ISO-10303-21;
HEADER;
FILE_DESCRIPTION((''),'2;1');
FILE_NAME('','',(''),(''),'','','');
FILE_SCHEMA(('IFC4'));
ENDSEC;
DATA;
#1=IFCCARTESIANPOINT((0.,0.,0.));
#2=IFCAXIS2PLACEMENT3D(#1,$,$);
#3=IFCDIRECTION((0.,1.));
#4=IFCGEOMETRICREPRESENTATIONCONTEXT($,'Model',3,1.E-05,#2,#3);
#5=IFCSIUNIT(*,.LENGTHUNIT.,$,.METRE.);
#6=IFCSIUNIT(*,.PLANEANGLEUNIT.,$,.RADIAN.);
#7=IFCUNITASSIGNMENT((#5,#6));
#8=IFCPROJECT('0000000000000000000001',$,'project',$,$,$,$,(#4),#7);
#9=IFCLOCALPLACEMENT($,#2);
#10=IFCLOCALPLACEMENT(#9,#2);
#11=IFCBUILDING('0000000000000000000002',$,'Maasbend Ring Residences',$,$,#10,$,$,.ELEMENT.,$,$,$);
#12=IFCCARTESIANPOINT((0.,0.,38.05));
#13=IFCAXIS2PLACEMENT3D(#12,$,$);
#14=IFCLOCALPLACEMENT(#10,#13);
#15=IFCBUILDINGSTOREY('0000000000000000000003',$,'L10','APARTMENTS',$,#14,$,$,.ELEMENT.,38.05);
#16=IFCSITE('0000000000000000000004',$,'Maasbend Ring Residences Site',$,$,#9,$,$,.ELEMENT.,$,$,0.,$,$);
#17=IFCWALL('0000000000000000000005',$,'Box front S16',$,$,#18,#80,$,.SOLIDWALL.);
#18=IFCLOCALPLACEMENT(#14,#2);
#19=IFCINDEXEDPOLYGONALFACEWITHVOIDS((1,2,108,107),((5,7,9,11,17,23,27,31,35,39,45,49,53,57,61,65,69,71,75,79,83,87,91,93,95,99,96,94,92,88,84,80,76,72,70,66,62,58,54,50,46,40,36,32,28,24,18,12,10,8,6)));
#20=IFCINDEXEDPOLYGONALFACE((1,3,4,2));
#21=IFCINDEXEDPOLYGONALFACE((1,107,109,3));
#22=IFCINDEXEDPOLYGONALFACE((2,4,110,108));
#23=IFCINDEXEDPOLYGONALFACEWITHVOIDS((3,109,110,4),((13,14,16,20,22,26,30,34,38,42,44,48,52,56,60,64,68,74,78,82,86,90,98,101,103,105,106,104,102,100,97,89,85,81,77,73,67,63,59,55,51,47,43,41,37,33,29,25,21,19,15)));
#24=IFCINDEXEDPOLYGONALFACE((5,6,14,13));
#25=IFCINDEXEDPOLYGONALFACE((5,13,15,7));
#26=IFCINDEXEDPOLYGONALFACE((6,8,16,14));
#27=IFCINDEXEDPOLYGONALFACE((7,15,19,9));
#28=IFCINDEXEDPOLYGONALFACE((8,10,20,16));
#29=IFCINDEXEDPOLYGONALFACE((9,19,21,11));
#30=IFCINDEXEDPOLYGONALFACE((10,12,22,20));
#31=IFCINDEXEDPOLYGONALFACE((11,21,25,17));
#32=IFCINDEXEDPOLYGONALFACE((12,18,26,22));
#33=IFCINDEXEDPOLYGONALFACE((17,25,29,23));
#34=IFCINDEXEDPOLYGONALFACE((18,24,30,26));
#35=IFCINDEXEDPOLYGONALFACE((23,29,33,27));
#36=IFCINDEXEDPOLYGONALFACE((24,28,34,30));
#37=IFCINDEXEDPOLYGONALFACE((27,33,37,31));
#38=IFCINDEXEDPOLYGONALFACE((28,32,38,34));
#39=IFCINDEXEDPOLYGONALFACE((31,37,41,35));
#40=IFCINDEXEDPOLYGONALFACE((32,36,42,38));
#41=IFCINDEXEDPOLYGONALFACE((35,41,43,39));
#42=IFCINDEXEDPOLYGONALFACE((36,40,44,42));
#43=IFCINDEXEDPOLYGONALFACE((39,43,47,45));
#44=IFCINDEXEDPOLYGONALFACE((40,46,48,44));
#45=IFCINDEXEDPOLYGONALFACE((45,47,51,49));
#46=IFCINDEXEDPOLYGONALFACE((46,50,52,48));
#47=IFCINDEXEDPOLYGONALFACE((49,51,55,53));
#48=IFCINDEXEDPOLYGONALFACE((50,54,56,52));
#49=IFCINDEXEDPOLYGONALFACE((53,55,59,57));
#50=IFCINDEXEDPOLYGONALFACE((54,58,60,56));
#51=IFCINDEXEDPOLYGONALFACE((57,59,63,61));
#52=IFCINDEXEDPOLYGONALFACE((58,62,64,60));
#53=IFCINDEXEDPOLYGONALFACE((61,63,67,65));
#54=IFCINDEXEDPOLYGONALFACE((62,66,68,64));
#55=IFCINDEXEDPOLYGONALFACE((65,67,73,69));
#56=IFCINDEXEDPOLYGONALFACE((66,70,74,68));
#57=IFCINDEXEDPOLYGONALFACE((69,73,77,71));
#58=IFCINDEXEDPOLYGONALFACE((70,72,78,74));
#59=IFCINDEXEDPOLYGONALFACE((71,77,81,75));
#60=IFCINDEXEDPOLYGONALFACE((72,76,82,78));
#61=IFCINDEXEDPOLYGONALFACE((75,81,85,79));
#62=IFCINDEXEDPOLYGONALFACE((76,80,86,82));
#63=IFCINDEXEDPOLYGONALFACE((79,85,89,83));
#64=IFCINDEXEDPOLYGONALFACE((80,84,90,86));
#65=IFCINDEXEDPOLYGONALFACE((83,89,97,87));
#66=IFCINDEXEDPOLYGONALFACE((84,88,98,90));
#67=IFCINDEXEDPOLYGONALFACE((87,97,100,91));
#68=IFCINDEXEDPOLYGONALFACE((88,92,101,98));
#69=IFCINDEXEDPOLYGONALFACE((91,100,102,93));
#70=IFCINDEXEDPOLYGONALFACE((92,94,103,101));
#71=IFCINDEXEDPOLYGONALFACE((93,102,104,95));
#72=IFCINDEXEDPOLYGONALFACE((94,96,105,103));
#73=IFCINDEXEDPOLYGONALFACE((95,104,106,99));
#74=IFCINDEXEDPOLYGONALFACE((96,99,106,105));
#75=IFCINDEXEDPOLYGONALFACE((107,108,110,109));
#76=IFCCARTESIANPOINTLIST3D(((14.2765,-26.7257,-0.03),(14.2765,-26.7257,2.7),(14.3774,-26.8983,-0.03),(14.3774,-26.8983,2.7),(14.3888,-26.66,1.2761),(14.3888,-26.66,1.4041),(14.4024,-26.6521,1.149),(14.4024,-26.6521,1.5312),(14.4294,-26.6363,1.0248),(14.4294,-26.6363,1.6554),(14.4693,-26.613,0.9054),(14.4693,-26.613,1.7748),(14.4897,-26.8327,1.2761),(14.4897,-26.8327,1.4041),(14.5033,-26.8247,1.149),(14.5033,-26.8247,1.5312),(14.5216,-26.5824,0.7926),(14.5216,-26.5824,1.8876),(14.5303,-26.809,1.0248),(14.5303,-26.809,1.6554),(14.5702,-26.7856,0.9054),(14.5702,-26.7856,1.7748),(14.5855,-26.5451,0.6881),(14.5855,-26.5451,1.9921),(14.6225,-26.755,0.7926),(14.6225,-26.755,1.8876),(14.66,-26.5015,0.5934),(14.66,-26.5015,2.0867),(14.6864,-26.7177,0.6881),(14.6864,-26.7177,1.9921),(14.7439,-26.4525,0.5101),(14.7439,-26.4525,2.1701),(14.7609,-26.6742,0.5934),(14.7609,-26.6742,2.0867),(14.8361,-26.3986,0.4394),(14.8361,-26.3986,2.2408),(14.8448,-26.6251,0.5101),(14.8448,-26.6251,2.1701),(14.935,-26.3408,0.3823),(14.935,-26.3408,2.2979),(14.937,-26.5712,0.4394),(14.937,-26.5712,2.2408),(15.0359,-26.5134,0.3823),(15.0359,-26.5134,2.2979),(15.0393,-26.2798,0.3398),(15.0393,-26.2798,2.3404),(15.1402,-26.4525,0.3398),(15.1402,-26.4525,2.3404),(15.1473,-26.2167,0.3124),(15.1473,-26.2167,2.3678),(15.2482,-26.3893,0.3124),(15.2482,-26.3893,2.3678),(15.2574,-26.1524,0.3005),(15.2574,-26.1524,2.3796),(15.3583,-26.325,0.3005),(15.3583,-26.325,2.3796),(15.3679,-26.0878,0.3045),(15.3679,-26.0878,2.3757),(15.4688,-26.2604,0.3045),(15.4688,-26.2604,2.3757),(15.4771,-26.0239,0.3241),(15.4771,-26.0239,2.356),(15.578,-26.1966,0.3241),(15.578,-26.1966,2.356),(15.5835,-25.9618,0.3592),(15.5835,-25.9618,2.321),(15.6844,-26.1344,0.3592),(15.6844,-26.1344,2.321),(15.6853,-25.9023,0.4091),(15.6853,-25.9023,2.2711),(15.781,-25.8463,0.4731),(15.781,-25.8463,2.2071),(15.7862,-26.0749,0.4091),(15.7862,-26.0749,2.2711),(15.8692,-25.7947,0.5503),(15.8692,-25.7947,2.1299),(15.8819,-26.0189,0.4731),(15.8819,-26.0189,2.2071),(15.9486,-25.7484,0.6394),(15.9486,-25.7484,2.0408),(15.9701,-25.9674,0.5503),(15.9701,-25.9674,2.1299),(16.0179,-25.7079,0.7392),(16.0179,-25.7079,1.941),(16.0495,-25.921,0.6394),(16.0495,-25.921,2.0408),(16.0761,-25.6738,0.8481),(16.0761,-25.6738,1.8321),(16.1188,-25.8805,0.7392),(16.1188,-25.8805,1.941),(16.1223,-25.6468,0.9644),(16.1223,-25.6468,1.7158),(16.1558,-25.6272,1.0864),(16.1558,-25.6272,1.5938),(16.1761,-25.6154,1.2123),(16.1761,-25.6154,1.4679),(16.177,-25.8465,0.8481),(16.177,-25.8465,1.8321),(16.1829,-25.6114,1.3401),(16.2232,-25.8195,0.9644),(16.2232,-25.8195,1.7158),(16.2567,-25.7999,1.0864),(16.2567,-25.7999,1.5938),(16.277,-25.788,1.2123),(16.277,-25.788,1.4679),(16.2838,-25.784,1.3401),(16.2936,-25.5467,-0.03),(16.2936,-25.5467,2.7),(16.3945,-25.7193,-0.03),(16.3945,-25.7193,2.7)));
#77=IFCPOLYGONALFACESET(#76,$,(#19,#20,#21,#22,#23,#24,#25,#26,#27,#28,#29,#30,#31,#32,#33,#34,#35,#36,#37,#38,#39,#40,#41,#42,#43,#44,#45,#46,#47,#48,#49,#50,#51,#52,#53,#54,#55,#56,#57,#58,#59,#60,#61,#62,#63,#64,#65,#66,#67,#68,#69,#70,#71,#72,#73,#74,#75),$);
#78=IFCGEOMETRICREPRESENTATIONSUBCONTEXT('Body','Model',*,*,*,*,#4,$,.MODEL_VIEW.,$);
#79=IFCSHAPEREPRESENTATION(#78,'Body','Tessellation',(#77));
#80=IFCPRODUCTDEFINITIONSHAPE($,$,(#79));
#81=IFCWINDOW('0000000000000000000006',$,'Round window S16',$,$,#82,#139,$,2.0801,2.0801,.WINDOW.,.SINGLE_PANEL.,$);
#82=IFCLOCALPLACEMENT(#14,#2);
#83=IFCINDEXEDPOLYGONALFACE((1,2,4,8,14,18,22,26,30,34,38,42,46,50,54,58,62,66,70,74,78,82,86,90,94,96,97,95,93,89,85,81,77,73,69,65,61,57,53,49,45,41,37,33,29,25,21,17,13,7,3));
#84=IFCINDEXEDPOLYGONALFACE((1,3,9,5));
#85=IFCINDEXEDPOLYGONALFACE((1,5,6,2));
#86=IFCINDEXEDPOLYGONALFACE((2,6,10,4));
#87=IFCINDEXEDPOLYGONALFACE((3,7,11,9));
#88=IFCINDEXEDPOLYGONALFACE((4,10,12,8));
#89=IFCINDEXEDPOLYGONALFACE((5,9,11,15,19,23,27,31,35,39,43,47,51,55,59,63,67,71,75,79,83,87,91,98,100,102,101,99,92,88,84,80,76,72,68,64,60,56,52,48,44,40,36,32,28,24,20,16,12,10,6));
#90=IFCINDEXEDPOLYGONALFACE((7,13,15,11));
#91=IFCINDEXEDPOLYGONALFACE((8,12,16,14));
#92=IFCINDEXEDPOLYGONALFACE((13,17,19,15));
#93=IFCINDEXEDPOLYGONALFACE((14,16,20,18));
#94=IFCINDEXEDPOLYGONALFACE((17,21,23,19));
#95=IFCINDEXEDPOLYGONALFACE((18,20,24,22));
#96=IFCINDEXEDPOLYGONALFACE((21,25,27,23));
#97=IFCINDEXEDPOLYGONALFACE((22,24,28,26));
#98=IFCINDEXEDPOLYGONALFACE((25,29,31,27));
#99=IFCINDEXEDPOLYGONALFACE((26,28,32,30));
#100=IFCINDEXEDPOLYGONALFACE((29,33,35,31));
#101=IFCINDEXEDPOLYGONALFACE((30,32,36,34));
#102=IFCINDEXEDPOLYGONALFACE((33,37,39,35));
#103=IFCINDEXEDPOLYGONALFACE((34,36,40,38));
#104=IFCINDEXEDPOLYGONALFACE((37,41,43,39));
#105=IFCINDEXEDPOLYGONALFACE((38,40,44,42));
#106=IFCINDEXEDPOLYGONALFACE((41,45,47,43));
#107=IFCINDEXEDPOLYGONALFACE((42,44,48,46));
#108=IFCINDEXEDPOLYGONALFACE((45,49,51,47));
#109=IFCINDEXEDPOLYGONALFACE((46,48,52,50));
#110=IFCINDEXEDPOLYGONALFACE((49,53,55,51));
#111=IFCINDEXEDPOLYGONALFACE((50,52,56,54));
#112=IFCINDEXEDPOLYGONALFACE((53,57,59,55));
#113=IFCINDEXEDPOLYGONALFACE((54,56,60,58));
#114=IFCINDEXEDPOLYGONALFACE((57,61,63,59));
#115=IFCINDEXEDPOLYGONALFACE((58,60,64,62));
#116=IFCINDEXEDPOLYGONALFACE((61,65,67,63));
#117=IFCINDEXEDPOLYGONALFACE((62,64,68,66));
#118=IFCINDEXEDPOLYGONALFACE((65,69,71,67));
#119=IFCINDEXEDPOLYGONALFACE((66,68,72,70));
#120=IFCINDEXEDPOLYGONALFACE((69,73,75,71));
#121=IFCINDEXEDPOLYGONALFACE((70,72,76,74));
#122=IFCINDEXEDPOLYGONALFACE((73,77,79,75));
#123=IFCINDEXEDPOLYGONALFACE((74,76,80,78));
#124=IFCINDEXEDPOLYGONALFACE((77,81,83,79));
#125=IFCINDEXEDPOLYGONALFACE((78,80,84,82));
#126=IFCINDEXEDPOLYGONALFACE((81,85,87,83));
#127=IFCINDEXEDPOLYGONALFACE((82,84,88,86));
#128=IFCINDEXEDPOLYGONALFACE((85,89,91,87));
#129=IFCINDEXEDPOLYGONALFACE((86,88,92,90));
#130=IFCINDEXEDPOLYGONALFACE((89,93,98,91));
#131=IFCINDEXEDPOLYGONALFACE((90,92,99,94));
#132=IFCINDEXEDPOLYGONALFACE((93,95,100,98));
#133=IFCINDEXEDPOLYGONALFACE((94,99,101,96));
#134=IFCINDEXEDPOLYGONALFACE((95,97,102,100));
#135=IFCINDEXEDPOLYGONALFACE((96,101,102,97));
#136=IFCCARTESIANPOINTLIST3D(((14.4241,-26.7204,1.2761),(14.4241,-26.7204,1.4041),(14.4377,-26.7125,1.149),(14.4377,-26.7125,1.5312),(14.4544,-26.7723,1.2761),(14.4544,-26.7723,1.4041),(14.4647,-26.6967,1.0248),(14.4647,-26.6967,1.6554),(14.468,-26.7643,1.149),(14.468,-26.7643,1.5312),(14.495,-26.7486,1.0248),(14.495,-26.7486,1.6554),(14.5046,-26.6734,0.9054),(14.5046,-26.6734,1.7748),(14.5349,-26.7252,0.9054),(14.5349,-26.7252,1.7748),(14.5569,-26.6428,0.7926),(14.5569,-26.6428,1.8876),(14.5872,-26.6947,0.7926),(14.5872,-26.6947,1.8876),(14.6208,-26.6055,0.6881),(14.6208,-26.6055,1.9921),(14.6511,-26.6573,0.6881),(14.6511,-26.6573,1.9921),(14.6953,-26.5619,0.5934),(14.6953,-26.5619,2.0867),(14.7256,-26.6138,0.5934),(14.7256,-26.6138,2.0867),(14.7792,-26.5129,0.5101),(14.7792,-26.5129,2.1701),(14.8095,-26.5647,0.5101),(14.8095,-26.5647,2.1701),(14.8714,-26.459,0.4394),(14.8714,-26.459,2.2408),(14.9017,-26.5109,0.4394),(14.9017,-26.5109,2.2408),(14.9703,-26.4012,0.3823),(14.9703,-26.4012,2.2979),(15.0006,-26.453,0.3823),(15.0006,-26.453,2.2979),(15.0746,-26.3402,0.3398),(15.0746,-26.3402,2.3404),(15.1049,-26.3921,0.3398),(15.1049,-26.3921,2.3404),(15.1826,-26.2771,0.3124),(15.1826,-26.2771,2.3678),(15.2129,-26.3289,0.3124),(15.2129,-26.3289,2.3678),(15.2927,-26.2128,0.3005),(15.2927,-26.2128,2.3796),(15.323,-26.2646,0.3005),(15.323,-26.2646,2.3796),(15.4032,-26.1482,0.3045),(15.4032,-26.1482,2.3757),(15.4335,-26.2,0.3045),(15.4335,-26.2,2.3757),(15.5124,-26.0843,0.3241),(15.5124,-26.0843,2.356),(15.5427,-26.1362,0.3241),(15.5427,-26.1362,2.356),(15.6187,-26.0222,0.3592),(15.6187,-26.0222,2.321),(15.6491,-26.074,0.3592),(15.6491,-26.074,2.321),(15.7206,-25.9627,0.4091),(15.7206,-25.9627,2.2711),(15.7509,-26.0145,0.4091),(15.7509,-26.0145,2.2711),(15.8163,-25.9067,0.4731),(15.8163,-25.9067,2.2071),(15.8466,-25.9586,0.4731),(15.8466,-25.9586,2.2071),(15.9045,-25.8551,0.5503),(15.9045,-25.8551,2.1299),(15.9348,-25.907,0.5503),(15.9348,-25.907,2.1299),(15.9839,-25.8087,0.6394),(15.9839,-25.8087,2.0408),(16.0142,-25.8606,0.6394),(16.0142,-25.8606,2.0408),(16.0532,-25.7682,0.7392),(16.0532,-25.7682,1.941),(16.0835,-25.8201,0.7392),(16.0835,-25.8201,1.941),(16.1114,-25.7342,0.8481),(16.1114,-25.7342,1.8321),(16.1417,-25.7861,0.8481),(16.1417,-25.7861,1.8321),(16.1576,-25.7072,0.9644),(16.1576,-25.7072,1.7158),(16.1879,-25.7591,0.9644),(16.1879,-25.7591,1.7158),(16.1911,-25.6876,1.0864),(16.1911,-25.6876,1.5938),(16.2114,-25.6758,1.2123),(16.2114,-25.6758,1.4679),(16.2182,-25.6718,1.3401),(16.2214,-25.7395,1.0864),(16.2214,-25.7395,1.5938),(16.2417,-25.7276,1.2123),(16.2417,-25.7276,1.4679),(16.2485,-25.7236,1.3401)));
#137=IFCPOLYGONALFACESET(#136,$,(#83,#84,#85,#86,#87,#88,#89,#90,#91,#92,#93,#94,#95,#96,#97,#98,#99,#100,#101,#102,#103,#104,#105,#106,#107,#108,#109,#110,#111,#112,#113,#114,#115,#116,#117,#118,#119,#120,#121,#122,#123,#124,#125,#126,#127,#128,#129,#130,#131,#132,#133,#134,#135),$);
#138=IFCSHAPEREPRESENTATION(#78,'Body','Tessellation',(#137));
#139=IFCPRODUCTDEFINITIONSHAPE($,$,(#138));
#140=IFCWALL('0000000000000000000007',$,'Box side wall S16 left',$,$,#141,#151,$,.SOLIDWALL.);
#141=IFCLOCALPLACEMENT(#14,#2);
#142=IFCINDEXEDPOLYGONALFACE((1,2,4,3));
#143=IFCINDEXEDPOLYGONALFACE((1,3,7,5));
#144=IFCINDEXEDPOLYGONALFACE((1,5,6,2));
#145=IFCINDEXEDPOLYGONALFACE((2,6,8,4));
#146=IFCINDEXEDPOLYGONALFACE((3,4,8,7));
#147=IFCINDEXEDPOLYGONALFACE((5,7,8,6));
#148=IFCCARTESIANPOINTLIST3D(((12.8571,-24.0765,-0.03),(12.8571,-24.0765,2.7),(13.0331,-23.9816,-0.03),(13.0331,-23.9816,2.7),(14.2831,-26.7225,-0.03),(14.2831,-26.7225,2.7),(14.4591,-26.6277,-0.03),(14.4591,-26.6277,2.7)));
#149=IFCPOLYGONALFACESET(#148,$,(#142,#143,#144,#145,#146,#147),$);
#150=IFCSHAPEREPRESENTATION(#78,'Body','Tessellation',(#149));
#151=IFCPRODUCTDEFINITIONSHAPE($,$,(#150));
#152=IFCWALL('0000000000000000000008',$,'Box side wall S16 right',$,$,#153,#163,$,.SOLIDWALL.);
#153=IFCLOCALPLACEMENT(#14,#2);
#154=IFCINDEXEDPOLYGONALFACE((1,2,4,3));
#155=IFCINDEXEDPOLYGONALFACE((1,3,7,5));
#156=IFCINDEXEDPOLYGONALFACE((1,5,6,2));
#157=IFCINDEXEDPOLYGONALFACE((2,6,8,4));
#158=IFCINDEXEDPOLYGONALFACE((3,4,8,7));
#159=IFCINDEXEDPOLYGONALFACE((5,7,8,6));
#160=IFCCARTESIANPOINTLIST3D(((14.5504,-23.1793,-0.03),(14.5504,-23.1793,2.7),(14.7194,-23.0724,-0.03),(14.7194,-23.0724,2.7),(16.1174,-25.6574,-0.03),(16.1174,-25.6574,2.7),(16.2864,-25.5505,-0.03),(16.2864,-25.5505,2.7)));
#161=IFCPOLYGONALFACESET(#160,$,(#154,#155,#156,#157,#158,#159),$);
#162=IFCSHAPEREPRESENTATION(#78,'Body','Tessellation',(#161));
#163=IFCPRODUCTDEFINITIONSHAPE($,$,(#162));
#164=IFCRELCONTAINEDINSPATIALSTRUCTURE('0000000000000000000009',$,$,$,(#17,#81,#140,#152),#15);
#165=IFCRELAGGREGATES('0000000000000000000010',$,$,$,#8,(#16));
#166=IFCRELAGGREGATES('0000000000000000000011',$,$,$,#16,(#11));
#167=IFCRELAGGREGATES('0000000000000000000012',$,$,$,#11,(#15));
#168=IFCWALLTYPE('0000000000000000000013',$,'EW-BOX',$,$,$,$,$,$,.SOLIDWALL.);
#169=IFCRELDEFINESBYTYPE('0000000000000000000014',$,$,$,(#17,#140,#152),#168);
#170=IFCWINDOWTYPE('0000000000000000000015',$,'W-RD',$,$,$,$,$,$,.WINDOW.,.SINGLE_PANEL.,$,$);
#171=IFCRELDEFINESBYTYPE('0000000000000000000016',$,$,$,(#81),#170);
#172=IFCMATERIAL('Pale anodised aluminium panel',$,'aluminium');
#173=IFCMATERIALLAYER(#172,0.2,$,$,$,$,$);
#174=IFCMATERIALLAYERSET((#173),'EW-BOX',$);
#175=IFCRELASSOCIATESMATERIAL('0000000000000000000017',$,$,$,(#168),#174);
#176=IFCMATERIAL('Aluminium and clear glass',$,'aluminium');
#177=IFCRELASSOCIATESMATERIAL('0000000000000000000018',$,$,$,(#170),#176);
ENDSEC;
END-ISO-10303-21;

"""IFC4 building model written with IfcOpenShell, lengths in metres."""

from ifc_helpers import new_model, si_unit, direction, frame, frame_2d, origin, place, context, subcontext, project, spatial, rectangle, circle, extrude, material, layer, layer_set, type_object, element, fill, save


model = new_model("IFC4")

# Units and contexts
model_context = context("Model", 3, precision=1e-05, world=origin(), true_north=direction((0.0, 1.0)))
body_context = subcontext(model_context, "Body", "Model", "MODEL_VIEW")
ifc_project = project(units=[si_unit("LENGTHUNIT", "METRE"), si_unit("PLANEANGLEUNIT", "RADIAN")], contexts=[model_context])

# Site, building, storey
site_placement = place(None, origin())
site = spatial("IfcSite", under=ifc_project, at=site_placement, Name="Maasbend Ring Residences Site", CompositionType="ELEMENT", RefElevation=0.0)
building_placement = place(site_placement, origin())
building = spatial("IfcBuilding", under=site, at=building_placement, Name="Maasbend Ring Residences", CompositionType="ELEMENT")
storey_placement = place(building_placement, frame((0.0, 0.0, 38.05)))
storey = spatial("IfcBuildingStorey", under=building, at=storey_placement, Name="L10", Description="APARTMENTS", CompositionType="ELEMENT", Elevation=38.05)

# Wall, opening, window
ifc_material_1 = material(Name="Pale anodised aluminium panel", Category="aluminium")
ifc_layer_1 = layer(ifc_material_1, 0.2)
ifc_layer_set_1 = layer_set([ifc_layer_1], Name="EW-BOX")
wall_type_1 = type_object("IfcWallType", Name="EW-BOX", PredefinedType="SOLIDWALL", material=ifc_layer_set_1)
wall_1_placement = place(storey_placement, frame((14.3269, -26.812, -0.03), z_axis=(0.0, 0.0, 1.0), x_axis=(0.863347, 0.504612, 0.0)))
wall_1 = element("IfcWall", 1, at=wall_1_placement, inside=storey, type_object=wall_type_1, Name="Box front S16", PredefinedType="SOLIDWALL", context=body_context, shape_type="SweptSolid", body=[
    extrude(rectangle(XDim=2.3364, YDim=0.2, at=frame_2d((1.1682, 0.0))), origin(), (0.0, 0.0, 1.0), 2.73),
])
opening_1_placement = place(wall_1_placement, frame((0.1282, 0.0, 0.3301)))
opening_1 = element("IfcOpeningElement", 2, at=opening_1_placement, cuts=wall_1, PredefinedType="OPENING", context=body_context, shape_type="SweptSolid", body=[
    extrude(circle(Radius=1.04, at=frame_2d((1.04, 1.04))), frame((0.0, 0.1099, 0.0), z_axis=(0.0, -1.0, 0.0), x_axis=(1.0, 0.0, 0.0)), (0.0, 0.0, 1.0), 0.22),
])
ifc_material_2 = material(Name="Aluminium and clear glass", Category="aluminium")
window_type_1 = type_object("IfcWindowType", Name="W-RD", PartitioningType="SINGLE_PANEL", PredefinedType="WINDOW", material=ifc_material_2)
window_1_placement = place(opening_1_placement, origin())
window_1 = element("IfcWindow", 3, at=window_1_placement, inside=storey, type_object=window_type_1, Name="Round window S16", OverallHeight=2.0801, OverallWidth=2.0801, PartitioningType="SINGLE_PANEL", PredefinedType="WINDOW", context=body_context, shape_type="SweptSolid", body=[
    extrude(circle(Radius=1.04, at=frame_2d((1.04, 1.04))), frame((0.0, 0.03, 0.0), z_axis=(0.0, -1.0, 0.0), x_axis=(1.0, 0.0, 0.0)), (0.0, 0.0, 1.0), 0.0601),
])
fill(opening_1, window_1)

# Walls
wall_2_placement = place(storey_placement, frame((12.9451, -24.0291, -0.03), z_axis=(0.0, 0.0, 1.0), x_axis=(0.474424, -0.880296, 0.0)))
element("IfcWall", 4, at=wall_2_placement, inside=storey, type_object=wall_type_1, Name="Box side wall S16 left", PredefinedType="SOLIDWALL", context=body_context, shape_type="SweptSolid", body=[
    extrude(rectangle(XDim=3.0059, YDim=0.2, at=frame_2d((1.5029, 0.0))), origin(), (0.0, 0.0, 1.0), 2.73),
])
wall_3_placement = place(storey_placement, frame((14.635, -23.126, -0.03), z_axis=(0.0, 0.0, 1.0), x_axis=(0.534438, -0.845208, 0.0)))
element("IfcWall", 5, at=wall_3_placement, inside=storey, type_object=wall_type_1, Name="Box side wall S16 right", PredefinedType="SOLIDWALL", context=body_context, shape_type="SweptSolid", body=[
    extrude(rectangle(XDim=2.9319, YDim=0.2, at=frame_2d((1.4658, 0.0))), origin(), (0.0, 0.0, 1.0), 2.73),
])

save(model, "model.ifc")
